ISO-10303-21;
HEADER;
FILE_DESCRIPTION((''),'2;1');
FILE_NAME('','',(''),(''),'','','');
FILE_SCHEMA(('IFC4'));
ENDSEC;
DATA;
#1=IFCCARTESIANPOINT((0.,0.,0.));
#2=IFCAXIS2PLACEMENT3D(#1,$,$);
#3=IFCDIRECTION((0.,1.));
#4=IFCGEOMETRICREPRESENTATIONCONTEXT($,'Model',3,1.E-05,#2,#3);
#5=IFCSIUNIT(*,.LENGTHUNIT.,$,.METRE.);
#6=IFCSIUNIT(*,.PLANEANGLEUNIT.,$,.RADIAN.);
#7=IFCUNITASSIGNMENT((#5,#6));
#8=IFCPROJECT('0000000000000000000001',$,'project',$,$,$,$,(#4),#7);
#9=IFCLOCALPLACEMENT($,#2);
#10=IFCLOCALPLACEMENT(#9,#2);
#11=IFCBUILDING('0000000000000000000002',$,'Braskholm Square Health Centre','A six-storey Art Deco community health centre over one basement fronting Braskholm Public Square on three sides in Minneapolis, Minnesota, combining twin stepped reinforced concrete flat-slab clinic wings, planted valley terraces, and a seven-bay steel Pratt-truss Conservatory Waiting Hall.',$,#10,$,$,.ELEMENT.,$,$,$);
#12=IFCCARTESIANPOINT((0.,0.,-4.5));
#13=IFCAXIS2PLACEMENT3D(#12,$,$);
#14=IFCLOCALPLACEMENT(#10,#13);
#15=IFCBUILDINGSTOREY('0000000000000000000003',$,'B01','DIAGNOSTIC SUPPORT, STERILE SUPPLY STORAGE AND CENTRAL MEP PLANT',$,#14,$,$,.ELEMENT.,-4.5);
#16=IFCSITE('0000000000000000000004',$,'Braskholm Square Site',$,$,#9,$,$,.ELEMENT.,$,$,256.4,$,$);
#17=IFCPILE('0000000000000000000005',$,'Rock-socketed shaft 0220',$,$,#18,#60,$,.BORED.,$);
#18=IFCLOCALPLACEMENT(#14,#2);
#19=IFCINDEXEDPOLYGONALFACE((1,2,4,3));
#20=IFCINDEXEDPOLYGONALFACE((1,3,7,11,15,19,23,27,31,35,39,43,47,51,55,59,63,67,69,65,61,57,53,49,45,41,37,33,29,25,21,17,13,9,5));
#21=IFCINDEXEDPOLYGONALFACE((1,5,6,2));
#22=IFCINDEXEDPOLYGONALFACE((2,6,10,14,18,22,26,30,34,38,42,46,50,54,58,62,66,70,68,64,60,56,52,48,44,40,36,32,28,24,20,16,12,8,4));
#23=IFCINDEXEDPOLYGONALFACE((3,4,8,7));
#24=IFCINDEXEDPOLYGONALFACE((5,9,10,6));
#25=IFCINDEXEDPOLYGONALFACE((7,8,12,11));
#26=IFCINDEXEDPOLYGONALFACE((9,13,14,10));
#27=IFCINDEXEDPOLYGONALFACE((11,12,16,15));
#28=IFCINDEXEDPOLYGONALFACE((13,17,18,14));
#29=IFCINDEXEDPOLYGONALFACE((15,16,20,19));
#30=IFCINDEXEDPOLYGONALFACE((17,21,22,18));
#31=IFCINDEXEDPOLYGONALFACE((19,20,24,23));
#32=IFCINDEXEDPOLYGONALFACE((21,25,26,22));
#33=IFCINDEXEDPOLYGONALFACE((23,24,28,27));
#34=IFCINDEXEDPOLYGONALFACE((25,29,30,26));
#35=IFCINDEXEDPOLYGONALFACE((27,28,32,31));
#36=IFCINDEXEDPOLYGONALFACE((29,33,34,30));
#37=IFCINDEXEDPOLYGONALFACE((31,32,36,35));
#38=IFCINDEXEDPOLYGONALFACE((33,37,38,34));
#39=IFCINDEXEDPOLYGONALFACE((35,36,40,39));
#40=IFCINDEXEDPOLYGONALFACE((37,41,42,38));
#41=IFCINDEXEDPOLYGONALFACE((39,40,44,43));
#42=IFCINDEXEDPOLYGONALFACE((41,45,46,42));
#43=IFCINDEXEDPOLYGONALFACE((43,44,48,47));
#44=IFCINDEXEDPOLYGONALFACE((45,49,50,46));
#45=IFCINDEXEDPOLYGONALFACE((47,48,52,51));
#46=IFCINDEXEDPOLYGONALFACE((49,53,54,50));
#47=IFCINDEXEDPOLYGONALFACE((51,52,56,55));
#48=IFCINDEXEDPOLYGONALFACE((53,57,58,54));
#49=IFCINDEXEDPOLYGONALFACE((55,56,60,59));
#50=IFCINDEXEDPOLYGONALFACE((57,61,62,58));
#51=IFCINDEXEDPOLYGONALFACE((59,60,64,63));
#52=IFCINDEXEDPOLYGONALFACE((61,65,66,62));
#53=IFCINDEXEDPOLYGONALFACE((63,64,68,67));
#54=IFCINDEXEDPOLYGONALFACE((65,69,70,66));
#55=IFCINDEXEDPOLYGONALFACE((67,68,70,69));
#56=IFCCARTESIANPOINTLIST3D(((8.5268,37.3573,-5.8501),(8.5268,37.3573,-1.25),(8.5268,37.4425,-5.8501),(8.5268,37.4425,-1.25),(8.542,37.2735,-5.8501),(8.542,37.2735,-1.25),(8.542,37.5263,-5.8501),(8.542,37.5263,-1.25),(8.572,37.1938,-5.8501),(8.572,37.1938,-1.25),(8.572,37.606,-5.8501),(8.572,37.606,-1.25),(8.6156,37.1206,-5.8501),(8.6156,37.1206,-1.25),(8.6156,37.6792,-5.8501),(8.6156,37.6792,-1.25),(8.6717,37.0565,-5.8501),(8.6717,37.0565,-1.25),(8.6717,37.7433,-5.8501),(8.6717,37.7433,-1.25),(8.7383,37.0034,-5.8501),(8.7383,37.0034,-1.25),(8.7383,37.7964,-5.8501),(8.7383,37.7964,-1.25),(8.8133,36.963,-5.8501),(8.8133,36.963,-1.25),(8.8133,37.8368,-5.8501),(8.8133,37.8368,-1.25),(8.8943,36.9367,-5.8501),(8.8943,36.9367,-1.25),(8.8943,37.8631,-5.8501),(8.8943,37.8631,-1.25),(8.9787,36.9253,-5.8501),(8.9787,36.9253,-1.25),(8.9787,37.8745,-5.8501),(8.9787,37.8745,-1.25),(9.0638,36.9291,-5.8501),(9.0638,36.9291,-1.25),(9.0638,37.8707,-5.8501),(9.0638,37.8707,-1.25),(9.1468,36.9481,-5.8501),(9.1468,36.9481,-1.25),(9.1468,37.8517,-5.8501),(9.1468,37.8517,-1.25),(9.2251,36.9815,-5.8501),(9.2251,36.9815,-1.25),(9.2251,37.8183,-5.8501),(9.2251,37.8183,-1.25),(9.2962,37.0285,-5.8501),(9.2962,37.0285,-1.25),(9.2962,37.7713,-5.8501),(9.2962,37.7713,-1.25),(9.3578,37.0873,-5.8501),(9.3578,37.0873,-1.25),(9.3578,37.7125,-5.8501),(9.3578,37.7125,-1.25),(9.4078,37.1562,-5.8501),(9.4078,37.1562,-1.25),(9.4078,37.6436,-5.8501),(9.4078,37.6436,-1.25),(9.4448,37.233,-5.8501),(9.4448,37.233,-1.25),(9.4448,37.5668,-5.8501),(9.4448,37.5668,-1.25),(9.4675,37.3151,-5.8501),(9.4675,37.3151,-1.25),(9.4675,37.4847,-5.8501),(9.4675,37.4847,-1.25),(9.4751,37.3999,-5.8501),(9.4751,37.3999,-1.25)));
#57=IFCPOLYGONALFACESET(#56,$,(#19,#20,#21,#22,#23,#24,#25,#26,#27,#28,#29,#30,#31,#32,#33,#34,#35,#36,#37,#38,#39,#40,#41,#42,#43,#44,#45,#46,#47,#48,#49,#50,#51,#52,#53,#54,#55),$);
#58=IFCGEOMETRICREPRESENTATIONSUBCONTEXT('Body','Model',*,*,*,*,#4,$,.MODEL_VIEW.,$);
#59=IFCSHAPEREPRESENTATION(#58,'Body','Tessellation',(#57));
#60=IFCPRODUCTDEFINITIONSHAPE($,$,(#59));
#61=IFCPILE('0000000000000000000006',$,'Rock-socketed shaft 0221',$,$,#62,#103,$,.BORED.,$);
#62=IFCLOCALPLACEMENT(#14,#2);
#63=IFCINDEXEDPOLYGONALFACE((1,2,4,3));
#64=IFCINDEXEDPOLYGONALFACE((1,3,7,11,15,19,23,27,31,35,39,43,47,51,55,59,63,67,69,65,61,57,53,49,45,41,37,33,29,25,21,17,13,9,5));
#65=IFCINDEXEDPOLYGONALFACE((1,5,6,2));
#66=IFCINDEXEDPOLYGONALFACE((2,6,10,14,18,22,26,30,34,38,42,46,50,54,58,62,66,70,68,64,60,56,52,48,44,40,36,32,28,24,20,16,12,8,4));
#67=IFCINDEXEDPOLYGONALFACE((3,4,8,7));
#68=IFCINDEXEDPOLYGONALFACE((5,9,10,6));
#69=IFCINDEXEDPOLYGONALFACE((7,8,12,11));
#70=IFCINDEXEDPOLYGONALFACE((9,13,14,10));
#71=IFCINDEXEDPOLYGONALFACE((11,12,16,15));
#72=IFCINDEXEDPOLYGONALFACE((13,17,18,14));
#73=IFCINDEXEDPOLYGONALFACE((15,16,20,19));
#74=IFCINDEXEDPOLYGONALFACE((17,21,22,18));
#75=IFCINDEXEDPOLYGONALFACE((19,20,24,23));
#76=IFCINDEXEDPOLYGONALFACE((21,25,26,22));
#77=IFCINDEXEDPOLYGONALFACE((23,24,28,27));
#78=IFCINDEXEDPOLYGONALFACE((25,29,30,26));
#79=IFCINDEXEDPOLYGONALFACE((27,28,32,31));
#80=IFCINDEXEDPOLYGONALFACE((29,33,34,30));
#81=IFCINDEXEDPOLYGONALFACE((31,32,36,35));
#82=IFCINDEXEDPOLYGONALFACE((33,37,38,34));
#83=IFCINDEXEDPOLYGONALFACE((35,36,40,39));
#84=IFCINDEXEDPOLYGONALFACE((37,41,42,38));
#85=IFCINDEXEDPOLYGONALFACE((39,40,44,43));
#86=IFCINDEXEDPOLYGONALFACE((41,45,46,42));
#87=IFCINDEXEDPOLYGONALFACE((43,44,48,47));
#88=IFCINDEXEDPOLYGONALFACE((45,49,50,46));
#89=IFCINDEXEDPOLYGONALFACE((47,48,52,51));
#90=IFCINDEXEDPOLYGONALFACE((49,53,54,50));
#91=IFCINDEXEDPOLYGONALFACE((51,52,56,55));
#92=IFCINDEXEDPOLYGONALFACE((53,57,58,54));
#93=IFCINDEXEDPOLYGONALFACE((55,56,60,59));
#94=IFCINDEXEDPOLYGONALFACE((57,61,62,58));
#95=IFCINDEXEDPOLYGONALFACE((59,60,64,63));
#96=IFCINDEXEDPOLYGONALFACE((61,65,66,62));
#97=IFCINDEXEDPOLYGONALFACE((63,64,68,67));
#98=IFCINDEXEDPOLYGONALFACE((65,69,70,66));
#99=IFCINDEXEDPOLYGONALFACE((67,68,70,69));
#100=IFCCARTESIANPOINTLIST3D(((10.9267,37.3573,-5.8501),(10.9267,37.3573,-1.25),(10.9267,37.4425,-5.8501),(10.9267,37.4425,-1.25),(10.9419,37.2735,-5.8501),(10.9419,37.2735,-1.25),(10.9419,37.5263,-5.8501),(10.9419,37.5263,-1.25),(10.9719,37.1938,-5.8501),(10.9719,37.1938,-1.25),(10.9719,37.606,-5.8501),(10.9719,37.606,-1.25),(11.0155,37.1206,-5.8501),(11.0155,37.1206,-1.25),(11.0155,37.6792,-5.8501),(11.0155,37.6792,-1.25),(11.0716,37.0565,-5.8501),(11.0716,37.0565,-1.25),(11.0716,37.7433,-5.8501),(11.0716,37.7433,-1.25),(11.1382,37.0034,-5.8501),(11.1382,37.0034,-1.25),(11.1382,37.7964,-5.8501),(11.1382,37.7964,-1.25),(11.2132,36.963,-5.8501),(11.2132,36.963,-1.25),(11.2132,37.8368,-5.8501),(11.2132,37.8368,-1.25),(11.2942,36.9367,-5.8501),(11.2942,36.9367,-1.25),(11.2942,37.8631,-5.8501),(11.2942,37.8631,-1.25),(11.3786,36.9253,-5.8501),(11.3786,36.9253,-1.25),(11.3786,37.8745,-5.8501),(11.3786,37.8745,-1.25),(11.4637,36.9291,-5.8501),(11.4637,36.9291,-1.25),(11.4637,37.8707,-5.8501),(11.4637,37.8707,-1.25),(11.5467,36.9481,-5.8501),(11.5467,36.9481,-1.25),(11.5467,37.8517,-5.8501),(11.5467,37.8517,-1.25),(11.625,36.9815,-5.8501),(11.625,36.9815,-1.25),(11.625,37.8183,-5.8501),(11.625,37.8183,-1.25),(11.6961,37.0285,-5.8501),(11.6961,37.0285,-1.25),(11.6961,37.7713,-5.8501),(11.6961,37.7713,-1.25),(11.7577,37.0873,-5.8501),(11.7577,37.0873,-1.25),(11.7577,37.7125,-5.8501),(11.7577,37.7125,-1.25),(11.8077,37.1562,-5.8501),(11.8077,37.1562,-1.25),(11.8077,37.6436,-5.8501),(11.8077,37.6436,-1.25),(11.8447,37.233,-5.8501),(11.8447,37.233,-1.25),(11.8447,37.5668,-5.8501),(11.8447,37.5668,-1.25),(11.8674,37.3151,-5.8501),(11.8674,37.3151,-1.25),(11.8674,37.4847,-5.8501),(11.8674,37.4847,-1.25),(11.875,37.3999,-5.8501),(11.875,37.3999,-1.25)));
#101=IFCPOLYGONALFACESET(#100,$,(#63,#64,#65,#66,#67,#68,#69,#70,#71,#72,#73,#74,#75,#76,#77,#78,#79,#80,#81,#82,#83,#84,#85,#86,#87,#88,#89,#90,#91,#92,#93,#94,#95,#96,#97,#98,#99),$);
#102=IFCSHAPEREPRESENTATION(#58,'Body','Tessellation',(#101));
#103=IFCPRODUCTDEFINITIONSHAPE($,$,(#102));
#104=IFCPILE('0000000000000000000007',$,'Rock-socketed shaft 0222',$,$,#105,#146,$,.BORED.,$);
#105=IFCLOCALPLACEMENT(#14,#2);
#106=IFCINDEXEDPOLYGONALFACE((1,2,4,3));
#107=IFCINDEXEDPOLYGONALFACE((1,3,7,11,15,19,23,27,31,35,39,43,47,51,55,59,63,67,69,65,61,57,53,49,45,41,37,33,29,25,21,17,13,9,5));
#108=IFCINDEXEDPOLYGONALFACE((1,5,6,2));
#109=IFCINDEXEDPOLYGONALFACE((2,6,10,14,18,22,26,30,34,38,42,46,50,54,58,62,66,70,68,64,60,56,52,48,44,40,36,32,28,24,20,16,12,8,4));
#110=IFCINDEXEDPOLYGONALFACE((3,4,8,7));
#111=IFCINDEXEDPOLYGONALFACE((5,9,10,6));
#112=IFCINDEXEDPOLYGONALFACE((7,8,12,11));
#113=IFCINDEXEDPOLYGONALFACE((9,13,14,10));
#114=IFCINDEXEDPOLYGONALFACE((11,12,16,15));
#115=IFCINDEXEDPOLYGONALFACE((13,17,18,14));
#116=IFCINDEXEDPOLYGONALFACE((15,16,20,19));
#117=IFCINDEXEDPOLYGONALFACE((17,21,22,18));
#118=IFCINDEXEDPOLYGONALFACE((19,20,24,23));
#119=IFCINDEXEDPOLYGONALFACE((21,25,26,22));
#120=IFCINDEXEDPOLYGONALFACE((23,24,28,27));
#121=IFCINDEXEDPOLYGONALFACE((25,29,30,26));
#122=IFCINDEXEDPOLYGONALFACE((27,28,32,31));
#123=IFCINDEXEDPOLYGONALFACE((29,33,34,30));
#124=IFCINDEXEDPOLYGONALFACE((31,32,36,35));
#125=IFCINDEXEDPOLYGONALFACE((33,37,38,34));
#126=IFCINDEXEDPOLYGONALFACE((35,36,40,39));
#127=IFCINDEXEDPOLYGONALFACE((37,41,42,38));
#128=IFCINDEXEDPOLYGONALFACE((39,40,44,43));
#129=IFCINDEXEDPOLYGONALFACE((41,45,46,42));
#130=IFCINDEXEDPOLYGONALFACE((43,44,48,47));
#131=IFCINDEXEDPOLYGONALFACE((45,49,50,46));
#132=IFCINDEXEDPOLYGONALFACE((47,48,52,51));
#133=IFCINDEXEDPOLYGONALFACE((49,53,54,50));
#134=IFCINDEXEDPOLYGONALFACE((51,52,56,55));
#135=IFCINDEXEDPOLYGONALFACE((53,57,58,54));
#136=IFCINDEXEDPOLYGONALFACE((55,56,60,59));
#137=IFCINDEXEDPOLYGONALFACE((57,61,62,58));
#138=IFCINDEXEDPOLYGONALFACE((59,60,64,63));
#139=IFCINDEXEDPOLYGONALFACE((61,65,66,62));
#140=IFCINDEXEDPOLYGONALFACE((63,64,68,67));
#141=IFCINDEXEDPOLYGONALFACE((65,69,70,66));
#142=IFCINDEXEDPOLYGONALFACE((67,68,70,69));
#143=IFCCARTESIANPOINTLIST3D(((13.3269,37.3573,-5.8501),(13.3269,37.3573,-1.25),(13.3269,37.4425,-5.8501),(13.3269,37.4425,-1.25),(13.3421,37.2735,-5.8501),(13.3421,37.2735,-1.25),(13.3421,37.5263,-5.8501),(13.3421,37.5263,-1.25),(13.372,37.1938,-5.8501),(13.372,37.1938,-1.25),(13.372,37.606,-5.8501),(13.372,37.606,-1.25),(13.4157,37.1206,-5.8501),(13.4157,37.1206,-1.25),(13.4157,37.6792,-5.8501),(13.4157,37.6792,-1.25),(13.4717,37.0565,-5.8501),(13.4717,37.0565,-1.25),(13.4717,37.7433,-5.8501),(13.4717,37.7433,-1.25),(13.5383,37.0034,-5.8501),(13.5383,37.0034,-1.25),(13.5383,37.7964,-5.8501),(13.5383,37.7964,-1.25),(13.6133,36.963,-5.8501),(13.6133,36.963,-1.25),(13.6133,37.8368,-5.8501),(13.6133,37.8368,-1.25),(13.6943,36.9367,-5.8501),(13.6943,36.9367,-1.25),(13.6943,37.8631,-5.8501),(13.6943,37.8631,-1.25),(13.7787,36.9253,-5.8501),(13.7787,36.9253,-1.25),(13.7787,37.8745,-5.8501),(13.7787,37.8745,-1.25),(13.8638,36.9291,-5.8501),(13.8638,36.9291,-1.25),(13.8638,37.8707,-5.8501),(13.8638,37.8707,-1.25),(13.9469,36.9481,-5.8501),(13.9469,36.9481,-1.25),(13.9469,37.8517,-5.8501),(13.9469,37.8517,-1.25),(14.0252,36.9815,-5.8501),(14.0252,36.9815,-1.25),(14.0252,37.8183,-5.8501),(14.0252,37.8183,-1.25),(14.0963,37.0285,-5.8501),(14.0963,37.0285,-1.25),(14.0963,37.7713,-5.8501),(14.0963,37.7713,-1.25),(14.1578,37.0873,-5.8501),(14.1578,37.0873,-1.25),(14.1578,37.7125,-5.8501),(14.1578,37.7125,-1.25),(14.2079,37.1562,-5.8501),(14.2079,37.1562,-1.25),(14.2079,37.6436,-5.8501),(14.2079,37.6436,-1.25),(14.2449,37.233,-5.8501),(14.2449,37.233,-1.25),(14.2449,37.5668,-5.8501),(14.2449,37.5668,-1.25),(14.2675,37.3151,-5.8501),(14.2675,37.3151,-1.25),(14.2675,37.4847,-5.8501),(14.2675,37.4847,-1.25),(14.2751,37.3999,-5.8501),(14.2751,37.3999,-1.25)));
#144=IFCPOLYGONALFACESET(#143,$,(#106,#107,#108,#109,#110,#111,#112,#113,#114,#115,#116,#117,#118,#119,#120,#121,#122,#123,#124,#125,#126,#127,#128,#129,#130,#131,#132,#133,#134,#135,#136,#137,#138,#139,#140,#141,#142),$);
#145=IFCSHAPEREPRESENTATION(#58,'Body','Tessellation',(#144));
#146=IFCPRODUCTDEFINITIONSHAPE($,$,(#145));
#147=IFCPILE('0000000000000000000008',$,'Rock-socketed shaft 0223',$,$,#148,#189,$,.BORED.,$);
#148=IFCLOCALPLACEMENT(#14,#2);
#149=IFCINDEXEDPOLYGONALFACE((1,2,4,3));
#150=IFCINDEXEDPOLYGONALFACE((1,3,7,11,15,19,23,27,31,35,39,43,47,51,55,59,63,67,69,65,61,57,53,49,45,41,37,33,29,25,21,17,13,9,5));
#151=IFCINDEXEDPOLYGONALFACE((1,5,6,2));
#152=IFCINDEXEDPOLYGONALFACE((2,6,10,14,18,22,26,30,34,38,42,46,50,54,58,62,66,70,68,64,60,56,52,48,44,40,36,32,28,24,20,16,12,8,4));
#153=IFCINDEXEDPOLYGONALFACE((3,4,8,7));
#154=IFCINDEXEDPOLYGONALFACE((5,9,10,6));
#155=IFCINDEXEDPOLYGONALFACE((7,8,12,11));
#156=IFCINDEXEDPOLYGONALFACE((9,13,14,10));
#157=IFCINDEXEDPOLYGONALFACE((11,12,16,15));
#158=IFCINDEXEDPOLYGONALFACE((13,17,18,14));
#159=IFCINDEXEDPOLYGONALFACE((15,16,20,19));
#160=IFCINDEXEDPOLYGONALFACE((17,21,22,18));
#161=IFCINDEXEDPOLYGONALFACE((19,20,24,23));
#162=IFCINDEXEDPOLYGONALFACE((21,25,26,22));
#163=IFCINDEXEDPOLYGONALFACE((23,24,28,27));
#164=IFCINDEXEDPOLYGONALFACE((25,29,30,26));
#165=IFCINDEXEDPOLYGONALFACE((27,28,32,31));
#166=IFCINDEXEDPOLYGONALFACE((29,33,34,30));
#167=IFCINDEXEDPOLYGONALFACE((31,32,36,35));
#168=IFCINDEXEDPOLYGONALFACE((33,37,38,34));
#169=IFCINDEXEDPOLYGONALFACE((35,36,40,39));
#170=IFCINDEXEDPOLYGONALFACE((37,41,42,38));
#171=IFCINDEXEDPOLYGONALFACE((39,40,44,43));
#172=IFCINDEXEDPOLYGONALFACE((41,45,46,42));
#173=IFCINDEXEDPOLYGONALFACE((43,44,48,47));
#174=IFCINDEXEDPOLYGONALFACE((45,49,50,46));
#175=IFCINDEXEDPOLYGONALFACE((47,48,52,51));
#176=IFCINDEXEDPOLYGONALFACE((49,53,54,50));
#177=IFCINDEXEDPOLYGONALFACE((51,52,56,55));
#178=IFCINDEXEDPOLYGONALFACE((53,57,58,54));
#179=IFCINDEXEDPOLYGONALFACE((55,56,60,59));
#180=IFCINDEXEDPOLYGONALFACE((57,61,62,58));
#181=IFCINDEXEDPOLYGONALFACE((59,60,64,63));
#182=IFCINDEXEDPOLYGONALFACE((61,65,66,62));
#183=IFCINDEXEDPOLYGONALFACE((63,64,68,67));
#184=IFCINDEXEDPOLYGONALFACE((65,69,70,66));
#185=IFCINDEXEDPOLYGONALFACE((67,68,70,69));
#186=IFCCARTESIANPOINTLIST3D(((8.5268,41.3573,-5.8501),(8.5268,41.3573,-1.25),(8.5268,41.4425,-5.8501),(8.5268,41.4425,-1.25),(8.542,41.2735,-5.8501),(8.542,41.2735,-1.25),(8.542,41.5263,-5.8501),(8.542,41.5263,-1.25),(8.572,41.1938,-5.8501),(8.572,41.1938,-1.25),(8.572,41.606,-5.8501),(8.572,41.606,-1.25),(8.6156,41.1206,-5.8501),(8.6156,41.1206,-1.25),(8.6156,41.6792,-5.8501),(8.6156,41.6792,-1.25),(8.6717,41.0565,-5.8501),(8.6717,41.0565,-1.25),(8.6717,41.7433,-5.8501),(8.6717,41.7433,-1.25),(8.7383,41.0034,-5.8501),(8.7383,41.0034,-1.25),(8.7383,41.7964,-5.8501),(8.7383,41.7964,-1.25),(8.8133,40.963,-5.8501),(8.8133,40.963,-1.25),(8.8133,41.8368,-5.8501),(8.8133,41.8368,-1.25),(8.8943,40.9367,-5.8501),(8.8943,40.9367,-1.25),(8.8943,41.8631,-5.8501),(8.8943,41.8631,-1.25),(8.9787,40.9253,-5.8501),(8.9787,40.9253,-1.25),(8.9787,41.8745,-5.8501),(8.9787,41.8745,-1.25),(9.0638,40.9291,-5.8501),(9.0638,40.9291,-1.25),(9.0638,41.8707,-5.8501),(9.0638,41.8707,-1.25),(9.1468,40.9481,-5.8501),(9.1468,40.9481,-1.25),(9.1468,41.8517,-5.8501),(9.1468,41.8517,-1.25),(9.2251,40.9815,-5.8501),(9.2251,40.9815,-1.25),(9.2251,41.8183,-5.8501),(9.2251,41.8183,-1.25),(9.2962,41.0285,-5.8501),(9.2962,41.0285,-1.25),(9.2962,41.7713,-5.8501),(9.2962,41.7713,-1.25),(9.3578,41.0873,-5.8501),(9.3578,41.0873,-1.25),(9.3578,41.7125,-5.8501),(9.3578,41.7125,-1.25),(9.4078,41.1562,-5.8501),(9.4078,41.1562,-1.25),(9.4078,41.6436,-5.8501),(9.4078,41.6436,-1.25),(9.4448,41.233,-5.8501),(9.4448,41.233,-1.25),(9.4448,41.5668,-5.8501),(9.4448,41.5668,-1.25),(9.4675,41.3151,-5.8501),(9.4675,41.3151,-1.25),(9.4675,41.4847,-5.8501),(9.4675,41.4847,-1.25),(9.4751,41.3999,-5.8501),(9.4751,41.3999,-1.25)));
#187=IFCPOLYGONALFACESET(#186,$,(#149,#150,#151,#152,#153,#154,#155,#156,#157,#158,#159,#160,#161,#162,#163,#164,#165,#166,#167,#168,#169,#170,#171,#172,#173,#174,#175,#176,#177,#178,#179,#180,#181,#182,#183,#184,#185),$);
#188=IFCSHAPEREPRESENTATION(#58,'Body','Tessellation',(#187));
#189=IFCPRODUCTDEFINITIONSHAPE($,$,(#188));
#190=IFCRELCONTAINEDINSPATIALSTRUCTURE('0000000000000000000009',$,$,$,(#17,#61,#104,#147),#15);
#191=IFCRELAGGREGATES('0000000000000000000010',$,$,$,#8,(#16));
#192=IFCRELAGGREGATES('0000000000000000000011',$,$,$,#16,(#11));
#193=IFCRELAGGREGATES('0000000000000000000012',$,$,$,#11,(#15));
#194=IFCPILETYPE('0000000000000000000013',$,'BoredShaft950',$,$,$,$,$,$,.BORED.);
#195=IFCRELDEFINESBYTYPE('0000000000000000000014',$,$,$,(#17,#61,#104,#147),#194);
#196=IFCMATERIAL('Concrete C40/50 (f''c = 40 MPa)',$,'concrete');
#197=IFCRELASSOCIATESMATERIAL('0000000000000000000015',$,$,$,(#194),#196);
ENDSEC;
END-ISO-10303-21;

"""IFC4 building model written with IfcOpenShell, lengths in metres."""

from ifc_helpers import new_model, si_unit, direction, frame, origin, origin_2d, place, context, subcontext, project, spatial, circle, extrude, material, material_profile, profile_set, type_object, element, save


model = new_model("IFC4")

# Units and contexts
model_context = context("Model", 3, precision=1e-05, world=origin(), true_north=direction((0.0, 1.0)))
body_context = subcontext(model_context, "Body", "Model", "MODEL_VIEW")
ifc_project = project(units=[si_unit("LENGTHUNIT", "METRE"), si_unit("PLANEANGLEUNIT", "RADIAN")], contexts=[model_context])

# Site, building, storey
site_placement = place(None, origin())
site = spatial("IfcSite", under=ifc_project, at=site_placement, Name="Braskholm Square Site", CompositionType="ELEMENT", RefElevation=256.4)
building_placement = place(site_placement, origin())
building = spatial("IfcBuilding", under=site, at=building_placement, Name="Braskholm Square Health Centre", Description="A six-storey Art Deco community health centre over one basement fronting Braskholm Public Square on three sides in Minneapolis, Minnesota, combining twin stepped reinforced concrete flat-slab clinic wings, planted valley terraces, and a seven-bay steel Pratt-truss Conservatory Waiting Hall.", CompositionType="ELEMENT")
storey_placement = place(building_placement, frame((0.0, 0.0, -4.5)))
storey = spatial("IfcBuildingStorey", under=building, at=storey_placement, Name="B01", Description="DIAGNOSTIC SUPPORT, STERILE SUPPLY STORAGE AND CENTRAL MEP PLANT", CompositionType="ELEMENT", Elevation=-4.5)

# Piles
ifc_material_1 = material(Name="Concrete C40/50 (f'c = 40 MPa)", Category="concrete")
ifc_material_profile_1 = material_profile(ifc_material_1, circle(Radius=0.4751, at=origin_2d()), Name="BORED-PILE-950")
ifc_profile_set_1 = profile_set([ifc_material_profile_1], Name="Concrete C40/50 (f'c = 40 MPa)")
pile_type_1 = type_object("IfcPileType", Name="BoredShaft950", PredefinedType="BORED", material=ifc_profile_set_1)
for number, where, z_axis, x_axis, name in (
    (1, (9.0, 37.3999, -1.25), (0.0, 0.0, -1.0), (1.0, 0.0, 0.0), "Rock-socketed shaft 0220"),
    (2, (11.3999, 37.3999, -1.25), (0.0, 0.0, -1.0), (1.0, 0.0, 0.0), "Rock-socketed shaft 0221"),
    (3, (13.8, 37.3999, -1.25), (0.0, 0.0, -1.0), (1.0, 0.0, 0.0), "Rock-socketed shaft 0222"),
    (4, (9.0, 41.3999, -1.25), (0.0, 0.0, -1.0), (1.0, 0.0, 0.0), "Rock-socketed shaft 0223"),
):
    element("IfcPile", number, at=place(storey_placement, frame(where, z_axis=z_axis, x_axis=x_axis)), inside=storey, type_object=pile_type_1, Name=name, PredefinedType="BORED", context=body_context, shape_type="SweptSolid", body=[
        extrude(circle(Radius=0.4751, at=origin_2d()), origin(), (0.0, 0.0, 1.0), 4.6001),
    ])

save(model, "model.ifc")
